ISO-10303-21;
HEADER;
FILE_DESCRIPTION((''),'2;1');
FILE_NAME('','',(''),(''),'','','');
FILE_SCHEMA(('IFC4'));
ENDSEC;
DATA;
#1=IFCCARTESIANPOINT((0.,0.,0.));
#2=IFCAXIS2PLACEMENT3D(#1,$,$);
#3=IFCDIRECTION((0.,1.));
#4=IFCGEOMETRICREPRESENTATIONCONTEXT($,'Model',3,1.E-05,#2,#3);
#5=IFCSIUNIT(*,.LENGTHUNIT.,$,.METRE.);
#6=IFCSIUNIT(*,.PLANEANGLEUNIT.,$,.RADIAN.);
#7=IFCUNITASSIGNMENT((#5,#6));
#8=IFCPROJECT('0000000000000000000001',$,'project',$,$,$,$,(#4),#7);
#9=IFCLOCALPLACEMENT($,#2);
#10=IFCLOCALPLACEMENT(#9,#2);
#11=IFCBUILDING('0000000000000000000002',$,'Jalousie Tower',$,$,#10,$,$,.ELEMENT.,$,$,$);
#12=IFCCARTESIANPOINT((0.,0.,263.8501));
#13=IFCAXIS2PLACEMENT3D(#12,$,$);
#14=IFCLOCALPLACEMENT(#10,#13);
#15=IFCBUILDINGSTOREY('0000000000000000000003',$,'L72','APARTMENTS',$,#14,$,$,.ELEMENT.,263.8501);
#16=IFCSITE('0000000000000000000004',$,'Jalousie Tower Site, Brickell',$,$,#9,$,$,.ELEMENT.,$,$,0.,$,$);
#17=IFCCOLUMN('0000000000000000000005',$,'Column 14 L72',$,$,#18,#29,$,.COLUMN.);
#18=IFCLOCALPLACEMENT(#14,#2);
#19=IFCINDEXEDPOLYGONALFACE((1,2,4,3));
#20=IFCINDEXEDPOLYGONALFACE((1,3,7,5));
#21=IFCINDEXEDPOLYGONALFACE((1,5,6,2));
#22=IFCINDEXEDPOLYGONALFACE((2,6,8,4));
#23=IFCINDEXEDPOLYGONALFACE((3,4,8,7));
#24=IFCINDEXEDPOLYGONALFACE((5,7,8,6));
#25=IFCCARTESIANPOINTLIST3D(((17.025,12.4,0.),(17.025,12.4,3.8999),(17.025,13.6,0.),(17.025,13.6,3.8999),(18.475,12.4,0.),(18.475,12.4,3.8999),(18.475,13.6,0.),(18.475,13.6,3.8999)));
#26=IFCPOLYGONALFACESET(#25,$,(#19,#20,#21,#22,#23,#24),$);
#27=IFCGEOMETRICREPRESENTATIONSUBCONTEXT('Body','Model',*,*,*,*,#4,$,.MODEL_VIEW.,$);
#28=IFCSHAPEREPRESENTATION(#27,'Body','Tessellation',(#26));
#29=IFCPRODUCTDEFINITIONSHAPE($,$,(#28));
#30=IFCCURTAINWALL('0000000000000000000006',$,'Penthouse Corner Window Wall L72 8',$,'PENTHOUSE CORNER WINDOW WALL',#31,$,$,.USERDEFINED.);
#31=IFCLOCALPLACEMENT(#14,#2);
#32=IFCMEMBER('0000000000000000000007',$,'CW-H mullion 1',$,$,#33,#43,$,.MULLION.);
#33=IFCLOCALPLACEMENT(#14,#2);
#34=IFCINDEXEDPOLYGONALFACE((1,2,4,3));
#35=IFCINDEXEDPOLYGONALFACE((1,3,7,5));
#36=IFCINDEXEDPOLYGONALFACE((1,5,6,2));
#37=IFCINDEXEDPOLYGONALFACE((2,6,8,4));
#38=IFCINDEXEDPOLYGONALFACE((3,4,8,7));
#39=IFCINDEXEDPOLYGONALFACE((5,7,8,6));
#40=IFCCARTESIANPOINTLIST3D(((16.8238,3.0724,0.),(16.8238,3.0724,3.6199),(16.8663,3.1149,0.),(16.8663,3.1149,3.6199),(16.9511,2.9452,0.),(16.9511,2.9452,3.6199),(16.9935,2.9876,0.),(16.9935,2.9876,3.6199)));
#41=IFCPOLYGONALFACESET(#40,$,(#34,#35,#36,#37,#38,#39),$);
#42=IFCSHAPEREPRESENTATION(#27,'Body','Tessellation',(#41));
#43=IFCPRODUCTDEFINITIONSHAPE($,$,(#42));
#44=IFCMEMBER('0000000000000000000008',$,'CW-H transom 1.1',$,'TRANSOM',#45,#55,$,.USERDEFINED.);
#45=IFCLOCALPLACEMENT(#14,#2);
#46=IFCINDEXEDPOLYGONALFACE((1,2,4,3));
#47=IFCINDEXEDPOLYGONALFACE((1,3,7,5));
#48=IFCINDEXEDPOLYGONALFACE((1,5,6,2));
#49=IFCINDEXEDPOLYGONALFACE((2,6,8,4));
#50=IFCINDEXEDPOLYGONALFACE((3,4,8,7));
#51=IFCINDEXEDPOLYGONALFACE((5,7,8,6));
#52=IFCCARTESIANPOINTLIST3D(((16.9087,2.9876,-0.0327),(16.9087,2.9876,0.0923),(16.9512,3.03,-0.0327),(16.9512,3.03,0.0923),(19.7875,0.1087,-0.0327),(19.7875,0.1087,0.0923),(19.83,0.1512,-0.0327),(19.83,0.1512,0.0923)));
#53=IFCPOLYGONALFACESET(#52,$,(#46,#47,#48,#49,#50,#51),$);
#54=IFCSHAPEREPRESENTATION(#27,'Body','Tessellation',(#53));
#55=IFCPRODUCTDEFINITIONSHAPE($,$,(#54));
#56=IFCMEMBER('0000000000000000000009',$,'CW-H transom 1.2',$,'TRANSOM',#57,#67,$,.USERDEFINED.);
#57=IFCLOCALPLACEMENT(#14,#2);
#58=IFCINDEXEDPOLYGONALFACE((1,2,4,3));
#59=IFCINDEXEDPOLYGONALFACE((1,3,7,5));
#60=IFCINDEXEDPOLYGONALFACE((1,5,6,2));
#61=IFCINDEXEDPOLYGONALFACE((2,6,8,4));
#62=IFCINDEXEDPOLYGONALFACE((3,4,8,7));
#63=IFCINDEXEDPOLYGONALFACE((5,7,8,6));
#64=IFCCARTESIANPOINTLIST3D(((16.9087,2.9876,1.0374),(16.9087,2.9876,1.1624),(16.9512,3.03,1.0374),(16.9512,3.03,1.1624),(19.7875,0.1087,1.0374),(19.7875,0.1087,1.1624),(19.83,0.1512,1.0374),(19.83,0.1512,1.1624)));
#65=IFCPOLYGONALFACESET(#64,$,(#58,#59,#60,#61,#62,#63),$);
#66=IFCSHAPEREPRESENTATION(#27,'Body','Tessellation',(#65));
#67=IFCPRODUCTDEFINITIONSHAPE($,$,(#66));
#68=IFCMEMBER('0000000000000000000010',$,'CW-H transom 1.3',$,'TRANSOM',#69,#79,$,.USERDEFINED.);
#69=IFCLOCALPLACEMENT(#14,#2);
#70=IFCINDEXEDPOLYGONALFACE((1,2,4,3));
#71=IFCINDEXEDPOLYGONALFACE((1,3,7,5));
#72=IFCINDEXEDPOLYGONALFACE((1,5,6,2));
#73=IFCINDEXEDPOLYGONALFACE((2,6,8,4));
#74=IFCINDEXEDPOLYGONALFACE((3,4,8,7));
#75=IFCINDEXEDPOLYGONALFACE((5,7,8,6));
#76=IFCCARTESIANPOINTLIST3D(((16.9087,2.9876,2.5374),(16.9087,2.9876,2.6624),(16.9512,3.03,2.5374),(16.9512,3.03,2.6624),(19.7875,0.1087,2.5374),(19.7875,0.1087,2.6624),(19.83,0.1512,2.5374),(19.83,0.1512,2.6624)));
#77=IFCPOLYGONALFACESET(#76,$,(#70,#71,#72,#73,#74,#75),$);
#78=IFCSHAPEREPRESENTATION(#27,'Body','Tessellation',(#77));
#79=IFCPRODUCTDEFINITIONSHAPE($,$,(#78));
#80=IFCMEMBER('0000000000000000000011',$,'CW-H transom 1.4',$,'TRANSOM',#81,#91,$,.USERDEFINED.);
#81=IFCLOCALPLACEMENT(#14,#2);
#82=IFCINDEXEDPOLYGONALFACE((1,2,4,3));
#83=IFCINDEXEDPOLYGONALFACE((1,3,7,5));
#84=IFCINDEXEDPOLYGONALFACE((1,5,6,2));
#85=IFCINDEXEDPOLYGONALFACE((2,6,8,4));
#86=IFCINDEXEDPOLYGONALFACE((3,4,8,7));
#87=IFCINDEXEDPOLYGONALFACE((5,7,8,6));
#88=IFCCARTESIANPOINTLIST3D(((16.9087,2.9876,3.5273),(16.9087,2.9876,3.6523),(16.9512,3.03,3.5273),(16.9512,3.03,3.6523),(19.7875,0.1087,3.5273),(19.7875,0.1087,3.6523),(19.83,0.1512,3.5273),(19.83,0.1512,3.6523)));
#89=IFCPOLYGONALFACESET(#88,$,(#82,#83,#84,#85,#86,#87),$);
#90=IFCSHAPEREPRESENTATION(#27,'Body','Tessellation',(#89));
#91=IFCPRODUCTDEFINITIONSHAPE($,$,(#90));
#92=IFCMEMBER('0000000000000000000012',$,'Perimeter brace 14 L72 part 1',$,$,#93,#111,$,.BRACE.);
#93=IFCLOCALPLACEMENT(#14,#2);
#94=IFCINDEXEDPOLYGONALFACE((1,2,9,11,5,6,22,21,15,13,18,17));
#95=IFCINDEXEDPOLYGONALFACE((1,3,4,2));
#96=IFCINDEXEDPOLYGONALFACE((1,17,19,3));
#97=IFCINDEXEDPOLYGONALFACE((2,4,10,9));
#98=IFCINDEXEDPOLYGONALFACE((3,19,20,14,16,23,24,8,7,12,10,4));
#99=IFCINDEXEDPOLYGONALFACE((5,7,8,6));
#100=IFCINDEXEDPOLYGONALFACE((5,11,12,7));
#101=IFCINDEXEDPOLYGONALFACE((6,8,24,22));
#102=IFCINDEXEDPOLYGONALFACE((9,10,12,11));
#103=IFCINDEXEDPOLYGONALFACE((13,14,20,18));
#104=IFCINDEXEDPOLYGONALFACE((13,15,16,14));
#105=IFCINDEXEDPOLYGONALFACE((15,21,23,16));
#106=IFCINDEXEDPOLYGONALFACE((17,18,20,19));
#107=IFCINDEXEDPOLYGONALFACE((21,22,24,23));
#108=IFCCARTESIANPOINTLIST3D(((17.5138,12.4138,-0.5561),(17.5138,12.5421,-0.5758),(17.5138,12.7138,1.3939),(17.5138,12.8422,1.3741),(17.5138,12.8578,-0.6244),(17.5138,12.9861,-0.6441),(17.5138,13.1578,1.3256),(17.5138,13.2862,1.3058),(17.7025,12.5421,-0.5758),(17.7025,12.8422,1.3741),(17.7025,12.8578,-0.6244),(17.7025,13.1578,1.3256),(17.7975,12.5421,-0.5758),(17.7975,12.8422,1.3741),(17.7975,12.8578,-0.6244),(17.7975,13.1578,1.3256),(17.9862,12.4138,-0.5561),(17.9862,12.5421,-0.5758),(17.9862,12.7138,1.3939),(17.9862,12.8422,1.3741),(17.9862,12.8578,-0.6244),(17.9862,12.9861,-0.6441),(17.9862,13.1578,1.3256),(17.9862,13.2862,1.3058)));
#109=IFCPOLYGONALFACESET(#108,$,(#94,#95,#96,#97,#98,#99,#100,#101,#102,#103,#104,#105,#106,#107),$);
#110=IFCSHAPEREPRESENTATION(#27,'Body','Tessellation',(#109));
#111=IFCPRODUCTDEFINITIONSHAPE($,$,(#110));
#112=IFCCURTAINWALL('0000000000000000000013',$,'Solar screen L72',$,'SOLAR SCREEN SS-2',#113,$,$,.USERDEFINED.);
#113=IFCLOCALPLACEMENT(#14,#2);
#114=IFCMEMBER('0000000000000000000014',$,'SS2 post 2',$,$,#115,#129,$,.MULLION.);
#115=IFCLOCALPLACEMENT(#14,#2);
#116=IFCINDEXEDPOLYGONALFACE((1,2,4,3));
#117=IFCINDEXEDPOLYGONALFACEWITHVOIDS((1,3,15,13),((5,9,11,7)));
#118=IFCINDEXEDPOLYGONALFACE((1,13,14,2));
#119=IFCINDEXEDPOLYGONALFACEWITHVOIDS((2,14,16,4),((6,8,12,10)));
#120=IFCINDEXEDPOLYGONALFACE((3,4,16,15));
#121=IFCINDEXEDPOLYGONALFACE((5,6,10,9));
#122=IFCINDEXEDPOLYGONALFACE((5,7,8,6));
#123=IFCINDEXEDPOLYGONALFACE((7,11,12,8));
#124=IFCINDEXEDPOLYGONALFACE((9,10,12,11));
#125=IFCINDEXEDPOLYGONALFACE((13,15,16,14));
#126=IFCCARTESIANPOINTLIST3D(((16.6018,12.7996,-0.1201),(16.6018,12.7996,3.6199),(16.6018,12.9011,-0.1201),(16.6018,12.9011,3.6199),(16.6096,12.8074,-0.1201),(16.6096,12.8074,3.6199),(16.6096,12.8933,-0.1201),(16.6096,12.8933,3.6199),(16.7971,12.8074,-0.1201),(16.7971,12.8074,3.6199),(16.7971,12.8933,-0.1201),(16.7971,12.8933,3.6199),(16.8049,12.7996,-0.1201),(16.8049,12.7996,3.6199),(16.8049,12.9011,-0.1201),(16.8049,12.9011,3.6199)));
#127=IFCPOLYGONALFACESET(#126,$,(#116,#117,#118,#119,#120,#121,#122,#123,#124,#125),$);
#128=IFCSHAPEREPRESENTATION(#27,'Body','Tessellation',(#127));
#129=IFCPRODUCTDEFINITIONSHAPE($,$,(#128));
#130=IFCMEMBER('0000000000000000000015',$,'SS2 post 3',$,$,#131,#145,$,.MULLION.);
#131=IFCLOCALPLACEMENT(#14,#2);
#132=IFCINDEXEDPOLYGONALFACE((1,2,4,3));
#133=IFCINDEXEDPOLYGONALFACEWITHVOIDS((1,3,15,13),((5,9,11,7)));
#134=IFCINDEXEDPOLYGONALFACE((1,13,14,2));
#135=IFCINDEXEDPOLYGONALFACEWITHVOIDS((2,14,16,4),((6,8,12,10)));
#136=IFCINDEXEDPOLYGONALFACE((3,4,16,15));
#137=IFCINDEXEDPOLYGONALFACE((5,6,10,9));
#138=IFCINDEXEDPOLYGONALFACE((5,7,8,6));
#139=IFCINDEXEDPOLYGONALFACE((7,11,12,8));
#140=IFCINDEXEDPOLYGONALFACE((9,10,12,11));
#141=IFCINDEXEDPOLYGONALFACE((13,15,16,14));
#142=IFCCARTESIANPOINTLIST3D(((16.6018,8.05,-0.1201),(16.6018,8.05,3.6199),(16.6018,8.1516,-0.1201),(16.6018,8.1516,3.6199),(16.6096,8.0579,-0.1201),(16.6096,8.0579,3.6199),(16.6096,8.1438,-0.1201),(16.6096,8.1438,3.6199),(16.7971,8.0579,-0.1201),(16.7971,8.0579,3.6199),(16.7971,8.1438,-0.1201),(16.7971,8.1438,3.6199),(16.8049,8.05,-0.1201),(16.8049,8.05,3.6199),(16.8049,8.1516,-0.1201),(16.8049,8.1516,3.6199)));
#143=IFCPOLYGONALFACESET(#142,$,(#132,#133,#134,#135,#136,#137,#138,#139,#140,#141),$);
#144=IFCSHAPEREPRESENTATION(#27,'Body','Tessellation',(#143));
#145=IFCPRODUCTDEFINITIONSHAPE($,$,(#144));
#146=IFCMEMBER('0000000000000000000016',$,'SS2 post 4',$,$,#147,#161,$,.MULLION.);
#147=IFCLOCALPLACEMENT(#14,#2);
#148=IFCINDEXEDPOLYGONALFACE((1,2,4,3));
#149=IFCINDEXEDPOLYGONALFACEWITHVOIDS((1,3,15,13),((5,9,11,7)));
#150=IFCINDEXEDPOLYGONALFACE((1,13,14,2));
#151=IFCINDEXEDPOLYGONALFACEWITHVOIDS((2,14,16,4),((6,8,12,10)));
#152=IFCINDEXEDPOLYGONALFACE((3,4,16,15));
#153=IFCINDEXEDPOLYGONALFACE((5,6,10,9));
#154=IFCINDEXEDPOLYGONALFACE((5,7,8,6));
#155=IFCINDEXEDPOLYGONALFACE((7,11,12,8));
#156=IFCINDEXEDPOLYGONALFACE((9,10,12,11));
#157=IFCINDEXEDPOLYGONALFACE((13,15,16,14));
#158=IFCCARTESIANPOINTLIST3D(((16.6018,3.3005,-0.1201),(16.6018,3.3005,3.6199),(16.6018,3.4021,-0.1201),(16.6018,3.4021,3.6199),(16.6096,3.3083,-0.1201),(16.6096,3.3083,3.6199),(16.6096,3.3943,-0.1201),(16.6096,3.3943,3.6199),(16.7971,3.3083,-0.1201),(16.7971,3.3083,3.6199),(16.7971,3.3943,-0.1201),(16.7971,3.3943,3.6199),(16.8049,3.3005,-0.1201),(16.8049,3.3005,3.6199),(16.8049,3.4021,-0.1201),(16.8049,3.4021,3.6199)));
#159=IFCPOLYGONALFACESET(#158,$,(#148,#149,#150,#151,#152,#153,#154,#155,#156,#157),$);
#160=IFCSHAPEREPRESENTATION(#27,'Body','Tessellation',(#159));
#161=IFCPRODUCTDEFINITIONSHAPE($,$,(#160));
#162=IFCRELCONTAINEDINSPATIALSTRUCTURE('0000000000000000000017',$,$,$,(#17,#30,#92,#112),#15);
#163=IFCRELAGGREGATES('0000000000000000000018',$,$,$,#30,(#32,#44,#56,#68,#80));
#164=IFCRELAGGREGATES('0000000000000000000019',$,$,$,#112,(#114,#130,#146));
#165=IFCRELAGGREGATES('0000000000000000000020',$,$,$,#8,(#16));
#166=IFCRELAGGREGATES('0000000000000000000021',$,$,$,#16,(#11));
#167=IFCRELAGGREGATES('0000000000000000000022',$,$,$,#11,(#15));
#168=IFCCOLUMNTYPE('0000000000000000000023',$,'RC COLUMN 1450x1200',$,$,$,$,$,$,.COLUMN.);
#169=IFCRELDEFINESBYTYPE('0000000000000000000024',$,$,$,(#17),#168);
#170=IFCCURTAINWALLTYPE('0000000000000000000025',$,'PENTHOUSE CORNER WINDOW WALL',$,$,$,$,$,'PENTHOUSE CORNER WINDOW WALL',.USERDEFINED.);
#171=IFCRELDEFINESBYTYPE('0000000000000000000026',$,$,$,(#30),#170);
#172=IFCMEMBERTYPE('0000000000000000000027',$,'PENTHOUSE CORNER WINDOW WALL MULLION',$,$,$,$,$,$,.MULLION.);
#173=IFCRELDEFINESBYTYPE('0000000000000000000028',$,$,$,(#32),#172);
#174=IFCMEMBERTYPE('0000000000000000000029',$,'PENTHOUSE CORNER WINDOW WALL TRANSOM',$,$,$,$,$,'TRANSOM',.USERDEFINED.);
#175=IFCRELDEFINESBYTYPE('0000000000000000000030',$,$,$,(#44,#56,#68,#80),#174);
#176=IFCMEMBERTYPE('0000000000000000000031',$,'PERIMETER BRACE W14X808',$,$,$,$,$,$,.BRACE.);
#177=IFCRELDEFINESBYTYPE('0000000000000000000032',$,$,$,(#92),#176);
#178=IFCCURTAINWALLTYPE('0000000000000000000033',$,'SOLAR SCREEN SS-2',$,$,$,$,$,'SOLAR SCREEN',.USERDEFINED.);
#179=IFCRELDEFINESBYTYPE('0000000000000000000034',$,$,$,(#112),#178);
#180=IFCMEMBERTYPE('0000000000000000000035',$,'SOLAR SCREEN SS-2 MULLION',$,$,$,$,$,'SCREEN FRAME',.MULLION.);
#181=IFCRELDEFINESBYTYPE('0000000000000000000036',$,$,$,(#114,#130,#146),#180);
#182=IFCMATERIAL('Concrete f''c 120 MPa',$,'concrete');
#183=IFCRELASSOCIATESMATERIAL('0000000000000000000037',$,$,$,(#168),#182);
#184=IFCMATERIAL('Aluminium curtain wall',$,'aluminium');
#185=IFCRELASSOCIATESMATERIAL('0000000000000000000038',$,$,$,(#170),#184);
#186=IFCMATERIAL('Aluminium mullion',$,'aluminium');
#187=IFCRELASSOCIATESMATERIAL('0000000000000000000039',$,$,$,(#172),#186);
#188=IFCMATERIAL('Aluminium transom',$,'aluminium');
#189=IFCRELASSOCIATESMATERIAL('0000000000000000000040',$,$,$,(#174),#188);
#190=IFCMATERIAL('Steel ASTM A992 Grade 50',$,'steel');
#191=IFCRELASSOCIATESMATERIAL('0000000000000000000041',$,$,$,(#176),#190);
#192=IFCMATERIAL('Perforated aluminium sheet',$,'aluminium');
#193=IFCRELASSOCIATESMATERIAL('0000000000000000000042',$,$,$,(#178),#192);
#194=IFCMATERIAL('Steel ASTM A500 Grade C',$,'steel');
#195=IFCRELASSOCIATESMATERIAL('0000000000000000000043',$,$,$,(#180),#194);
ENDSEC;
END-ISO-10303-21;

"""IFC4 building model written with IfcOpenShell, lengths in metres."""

from ifc_helpers import new_model, si_unit, direction, frame, origin, origin_2d, place, context, subcontext, project, spatial, rectangle, hollow_rectangle, i_section, extrude, material, material_profile, profile_set, type_object, element, aggregate, save


model = new_model("IFC4")

# Units and contexts
model_context = context("Model", 3, precision=1e-05, world=origin(), true_north=direction((0.0, 1.0)))
body_context = subcontext(model_context, "Body", "Model", "MODEL_VIEW")
ifc_project = project(units=[si_unit("LENGTHUNIT", "METRE"), si_unit("PLANEANGLEUNIT", "RADIAN")], contexts=[model_context])

# Site, building, storey
site_placement = place(None, origin())
site = spatial("IfcSite", under=ifc_project, at=site_placement, Name="Jalousie Tower Site, Brickell", CompositionType="ELEMENT", RefElevation=0.0)
building_placement = place(site_placement, origin())
building = spatial("IfcBuilding", under=site, at=building_placement, Name="Jalousie Tower", CompositionType="ELEMENT")
storey_placement = place(building_placement, frame((0.0, 0.0, 263.8501)))
storey = spatial("IfcBuildingStorey", under=building, at=storey_placement, Name="L72", Description="APARTMENTS", CompositionType="ELEMENT", Elevation=263.8501)

# Column
ifc_material_1 = material(Name="Concrete f'c 120 MPa", Category="concrete")
ifc_material_profile_1 = material_profile(ifc_material_1, rectangle(XDim=1.45, YDim=1.2, at=origin_2d()), Name="RC 1450x1200")
ifc_profile_set_1 = profile_set([ifc_material_profile_1], Name="Concrete f'c 120 MPa")
column_type = type_object("IfcColumnType", Name="RC COLUMN 1450x1200", PredefinedType="COLUMN", material=ifc_profile_set_1)
column_placement = place(storey_placement, frame((17.75, 13.0, 0.0), z_axis=(0.0, 0.0, 1.0), x_axis=(1.0, 0.0, 0.0)))
element("IfcColumn", 1, at=column_placement, inside=storey, type_object=column_type, Name="Column 14 L72", PredefinedType="COLUMN", context=body_context, shape_type="SweptSolid", body=[
    extrude(rectangle(XDim=1.45, YDim=1.2, at=origin_2d()), origin(), (0.0, 0.0, 1.0), 3.8999),
])

# Curtain wall, members
ifc_material_2 = material(Name="Aluminium curtain wall", Category="aluminium")
curtain_wall_type_1 = type_object("IfcCurtainWallType", Name="PENTHOUSE CORNER WINDOW WALL", ElementType="PENTHOUSE CORNER WINDOW WALL", PredefinedType="USERDEFINED", material=ifc_material_2)
curtain_wall_1_placement = place(storey_placement, origin())
curtain_wall_1 = element("IfcCurtainWall", 2, at=curtain_wall_1_placement, inside=storey, type_object=curtain_wall_type_1, Name="Penthouse Corner Window Wall L72 8", ObjectType="PENTHOUSE CORNER WINDOW WALL", PredefinedType="USERDEFINED")
ifc_material_3 = material(Name="Aluminium mullion", Category="aluminium")
ifc_material_profile_2 = material_profile(ifc_material_3, rectangle(XDim=0.0601, YDim=0.1799, at=origin_2d()), Name="MULLION 60x180")
ifc_profile_set_2 = profile_set([ifc_material_profile_2], Name="Aluminium mullion")
member_type_1 = type_object("IfcMemberType", Name="PENTHOUSE CORNER WINDOW WALL MULLION", PredefinedType="MULLION", material=ifc_profile_set_2)
member_1_placement = place(storey_placement, frame((16.9087, 3.03, 0.0), z_axis=(0.0, 0.0, 1.0), x_axis=(0.707107, 0.707107, 0.0)))
member_1 = element("IfcMember", 3, at=member_1_placement, type_object=member_type_1, Name="CW-H mullion 1", PredefinedType="MULLION", context=body_context, shape_type="SweptSolid", body=[
    extrude(rectangle(XDim=0.0601, YDim=0.1799, at=origin_2d()), origin(), (0.0, 0.0, 1.0), 3.6199),
])
ifc_material_4 = material(Name="Aluminium transom", Category="aluminium")
ifc_material_profile_3 = material_profile(ifc_material_4, rectangle(XDim=0.0601, YDim=0.125, at=origin_2d()), Name="TRANSOM 60x125")
ifc_profile_set_3 = profile_set([ifc_material_profile_3], Name="Aluminium transom")
member_type_2 = type_object("IfcMemberType", Name="PENTHOUSE CORNER WINDOW WALL TRANSOM", ElementType="TRANSOM", PredefinedType="USERDEFINED", material=ifc_profile_set_3)
member_2_placement = place(storey_placement, frame((16.9299, 3.0088, 0.0298), z_axis=(0.707107, -0.707107, 0.0), x_axis=(0.707107, 0.707107, 0.0)))
member_2 = element("IfcMember", 4, at=member_2_placement, type_object=member_type_2, Name="CW-H transom 1.1", ObjectType="TRANSOM", PredefinedType="USERDEFINED", context=body_context, shape_type="SweptSolid", body=[
    extrude(rectangle(XDim=0.0601, YDim=0.125, at=origin_2d()), origin(), (0.0, 0.0, 1.0), 4.0713),
])
member_3_placement = place(storey_placement, frame((16.9299, 3.0088, 1.0999), z_axis=(0.707107, -0.707107, 0.0), x_axis=(0.707107, 0.707107, 0.0)))
member_3 = element("IfcMember", 5, at=member_3_placement, type_object=member_type_2, Name="CW-H transom 1.2", ObjectType="TRANSOM", PredefinedType="USERDEFINED", context=body_context, shape_type="SweptSolid", body=[
    extrude(rectangle(XDim=0.0601, YDim=0.125, at=origin_2d()), origin(), (0.0, 0.0, 1.0), 4.0713),
])
member_4_placement = place(storey_placement, frame((16.9299, 3.0088, 2.5999), z_axis=(0.707107, -0.707107, 0.0), x_axis=(0.707107, 0.707107, 0.0)))
member_4 = element("IfcMember", 6, at=member_4_placement, type_object=member_type_2, Name="CW-H transom 1.3", ObjectType="TRANSOM", PredefinedType="USERDEFINED", context=body_context, shape_type="SweptSolid", body=[
    extrude(rectangle(XDim=0.0601, YDim=0.125, at=origin_2d()), origin(), (0.0, 0.0, 1.0), 4.0713),
])
member_5_placement = place(storey_placement, frame((16.9299, 3.0088, 3.5898), z_axis=(0.707107, -0.707107, 0.0), x_axis=(0.707107, 0.707107, 0.0)))
member_5 = element("IfcMember", 7, at=member_5_placement, type_object=member_type_2, Name="CW-H transom 1.4", ObjectType="TRANSOM", PredefinedType="USERDEFINED", context=body_context, shape_type="SweptSolid", body=[
    extrude(rectangle(XDim=0.0601, YDim=0.125, at=origin_2d()), origin(), (0.0, 0.0, 1.0), 4.0713),
])
aggregate(curtain_wall_1, [member_1, member_2, member_3, member_4, member_5])

# Member
ifc_material_5 = material(Name="Steel ASTM A992 Grade 50", Category="steel")
ifc_material_profile_4 = material_profile(ifc_material_5, i_section(OverallWidth=0.4724, OverallDepth=0.5791, WebThickness=0.095, FlangeThickness=0.1299, at=origin_2d()), Name="W14X808")
ifc_profile_set_4 = profile_set([ifc_material_profile_4], Name="Steel ASTM A992 Grade 50")
member_type_3 = type_object("IfcMemberType", Name="PERIMETER BRACE W14X808", PredefinedType="BRACE", material=ifc_profile_set_4)
member_6_placement = place(storey_placement, frame((17.75, 12.7, -0.6001), z_axis=(0.0, 0.152085, 0.988367), x_axis=(-1.0, 0.0, 0.0)))
element("IfcMember", 8, at=member_6_placement, inside=storey, type_object=member_type_3, Name="Perimeter brace 14 L72 part 1", PredefinedType="BRACE", context=body_context, shape_type="SweptSolid", body=[
    extrude(i_section(OverallWidth=0.4724, OverallDepth=0.5791, WebThickness=0.095, FlangeThickness=0.1299, at=origin_2d()), origin(), (0.0, 0.0, 1.0), 1.9729),
])

# Curtain wall, members
ifc_material_6 = material(Name="Perforated aluminium sheet", Category="aluminium")
curtain_wall_type_2 = type_object("IfcCurtainWallType", Name="SOLAR SCREEN SS-2", ElementType="SOLAR SCREEN", PredefinedType="USERDEFINED", material=ifc_material_6)
curtain_wall_2_placement = place(storey_placement, origin())
curtain_wall_2 = element("IfcCurtainWall", 9, at=curtain_wall_2_placement, inside=storey, type_object=curtain_wall_type_2, Name="Solar screen L72", ObjectType="SOLAR SCREEN SS-2", PredefinedType="USERDEFINED")
ifc_material_7 = material(Name="Steel ASTM A500 Grade C", Category="steel")
ifc_material_profile_5 = material_profile(ifc_material_7, hollow_rectangle(XDim=0.1016, YDim=0.2031, WallThickness=0.0078, at=origin_2d()), Name="HSS8X4X5/16")
ifc_profile_set_5 = profile_set([ifc_material_profile_5], Name="Steel ASTM A500 Grade C")
member_type_4 = type_object("IfcMemberType", Name="SOLAR SCREEN SS-2 MULLION", ElementType="SCREEN FRAME", PredefinedType="MULLION", material=ifc_profile_set_5)
member_7_placement = place(storey_placement, frame((16.7034, 12.8503, -0.1201), z_axis=(0.0, 0.0, 1.0), x_axis=(0.0, -1.0, 0.0)))
member_7 = element("IfcMember", 10, at=member_7_placement, type_object=member_type_4, Name="SS2 post 2", PredefinedType="MULLION", context=body_context, shape_type="SweptSolid", body=[
    extrude(hollow_rectangle(XDim=0.1016, YDim=0.2031, WallThickness=0.0078, at=origin_2d()), origin(), (0.0, 0.0, 1.0), 3.74),
])
member_8_placement = place(storey_placement, frame((16.7034, 8.1008, -0.1201), z_axis=(0.0, 0.0, 1.0), x_axis=(0.0, -1.0, 0.0)))
member_8 = element("IfcMember", 11, at=member_8_placement, type_object=member_type_4, Name="SS2 post 3", PredefinedType="MULLION", context=body_context, shape_type="SweptSolid", body=[
    extrude(hollow_rectangle(XDim=0.1016, YDim=0.2031, WallThickness=0.0078, at=origin_2d()), origin(), (0.0, 0.0, 1.0), 3.74),
])
member_9_placement = place(storey_placement, frame((16.7034, 3.3513, -0.1201), z_axis=(0.0, 0.0, 1.0), x_axis=(0.0, -1.0, 0.0)))
member_9 = element("IfcMember", 12, at=member_9_placement, type_object=member_type_4, Name="SS2 post 4", PredefinedType="MULLION", context=body_context, shape_type="SweptSolid", body=[
    extrude(hollow_rectangle(XDim=0.1016, YDim=0.2031, WallThickness=0.0078, at=origin_2d()), origin(), (0.0, 0.0, 1.0), 3.74),
])

aggregate(curtain_wall_2, [member_7, member_8, member_9])

save(model, "model.ifc")
